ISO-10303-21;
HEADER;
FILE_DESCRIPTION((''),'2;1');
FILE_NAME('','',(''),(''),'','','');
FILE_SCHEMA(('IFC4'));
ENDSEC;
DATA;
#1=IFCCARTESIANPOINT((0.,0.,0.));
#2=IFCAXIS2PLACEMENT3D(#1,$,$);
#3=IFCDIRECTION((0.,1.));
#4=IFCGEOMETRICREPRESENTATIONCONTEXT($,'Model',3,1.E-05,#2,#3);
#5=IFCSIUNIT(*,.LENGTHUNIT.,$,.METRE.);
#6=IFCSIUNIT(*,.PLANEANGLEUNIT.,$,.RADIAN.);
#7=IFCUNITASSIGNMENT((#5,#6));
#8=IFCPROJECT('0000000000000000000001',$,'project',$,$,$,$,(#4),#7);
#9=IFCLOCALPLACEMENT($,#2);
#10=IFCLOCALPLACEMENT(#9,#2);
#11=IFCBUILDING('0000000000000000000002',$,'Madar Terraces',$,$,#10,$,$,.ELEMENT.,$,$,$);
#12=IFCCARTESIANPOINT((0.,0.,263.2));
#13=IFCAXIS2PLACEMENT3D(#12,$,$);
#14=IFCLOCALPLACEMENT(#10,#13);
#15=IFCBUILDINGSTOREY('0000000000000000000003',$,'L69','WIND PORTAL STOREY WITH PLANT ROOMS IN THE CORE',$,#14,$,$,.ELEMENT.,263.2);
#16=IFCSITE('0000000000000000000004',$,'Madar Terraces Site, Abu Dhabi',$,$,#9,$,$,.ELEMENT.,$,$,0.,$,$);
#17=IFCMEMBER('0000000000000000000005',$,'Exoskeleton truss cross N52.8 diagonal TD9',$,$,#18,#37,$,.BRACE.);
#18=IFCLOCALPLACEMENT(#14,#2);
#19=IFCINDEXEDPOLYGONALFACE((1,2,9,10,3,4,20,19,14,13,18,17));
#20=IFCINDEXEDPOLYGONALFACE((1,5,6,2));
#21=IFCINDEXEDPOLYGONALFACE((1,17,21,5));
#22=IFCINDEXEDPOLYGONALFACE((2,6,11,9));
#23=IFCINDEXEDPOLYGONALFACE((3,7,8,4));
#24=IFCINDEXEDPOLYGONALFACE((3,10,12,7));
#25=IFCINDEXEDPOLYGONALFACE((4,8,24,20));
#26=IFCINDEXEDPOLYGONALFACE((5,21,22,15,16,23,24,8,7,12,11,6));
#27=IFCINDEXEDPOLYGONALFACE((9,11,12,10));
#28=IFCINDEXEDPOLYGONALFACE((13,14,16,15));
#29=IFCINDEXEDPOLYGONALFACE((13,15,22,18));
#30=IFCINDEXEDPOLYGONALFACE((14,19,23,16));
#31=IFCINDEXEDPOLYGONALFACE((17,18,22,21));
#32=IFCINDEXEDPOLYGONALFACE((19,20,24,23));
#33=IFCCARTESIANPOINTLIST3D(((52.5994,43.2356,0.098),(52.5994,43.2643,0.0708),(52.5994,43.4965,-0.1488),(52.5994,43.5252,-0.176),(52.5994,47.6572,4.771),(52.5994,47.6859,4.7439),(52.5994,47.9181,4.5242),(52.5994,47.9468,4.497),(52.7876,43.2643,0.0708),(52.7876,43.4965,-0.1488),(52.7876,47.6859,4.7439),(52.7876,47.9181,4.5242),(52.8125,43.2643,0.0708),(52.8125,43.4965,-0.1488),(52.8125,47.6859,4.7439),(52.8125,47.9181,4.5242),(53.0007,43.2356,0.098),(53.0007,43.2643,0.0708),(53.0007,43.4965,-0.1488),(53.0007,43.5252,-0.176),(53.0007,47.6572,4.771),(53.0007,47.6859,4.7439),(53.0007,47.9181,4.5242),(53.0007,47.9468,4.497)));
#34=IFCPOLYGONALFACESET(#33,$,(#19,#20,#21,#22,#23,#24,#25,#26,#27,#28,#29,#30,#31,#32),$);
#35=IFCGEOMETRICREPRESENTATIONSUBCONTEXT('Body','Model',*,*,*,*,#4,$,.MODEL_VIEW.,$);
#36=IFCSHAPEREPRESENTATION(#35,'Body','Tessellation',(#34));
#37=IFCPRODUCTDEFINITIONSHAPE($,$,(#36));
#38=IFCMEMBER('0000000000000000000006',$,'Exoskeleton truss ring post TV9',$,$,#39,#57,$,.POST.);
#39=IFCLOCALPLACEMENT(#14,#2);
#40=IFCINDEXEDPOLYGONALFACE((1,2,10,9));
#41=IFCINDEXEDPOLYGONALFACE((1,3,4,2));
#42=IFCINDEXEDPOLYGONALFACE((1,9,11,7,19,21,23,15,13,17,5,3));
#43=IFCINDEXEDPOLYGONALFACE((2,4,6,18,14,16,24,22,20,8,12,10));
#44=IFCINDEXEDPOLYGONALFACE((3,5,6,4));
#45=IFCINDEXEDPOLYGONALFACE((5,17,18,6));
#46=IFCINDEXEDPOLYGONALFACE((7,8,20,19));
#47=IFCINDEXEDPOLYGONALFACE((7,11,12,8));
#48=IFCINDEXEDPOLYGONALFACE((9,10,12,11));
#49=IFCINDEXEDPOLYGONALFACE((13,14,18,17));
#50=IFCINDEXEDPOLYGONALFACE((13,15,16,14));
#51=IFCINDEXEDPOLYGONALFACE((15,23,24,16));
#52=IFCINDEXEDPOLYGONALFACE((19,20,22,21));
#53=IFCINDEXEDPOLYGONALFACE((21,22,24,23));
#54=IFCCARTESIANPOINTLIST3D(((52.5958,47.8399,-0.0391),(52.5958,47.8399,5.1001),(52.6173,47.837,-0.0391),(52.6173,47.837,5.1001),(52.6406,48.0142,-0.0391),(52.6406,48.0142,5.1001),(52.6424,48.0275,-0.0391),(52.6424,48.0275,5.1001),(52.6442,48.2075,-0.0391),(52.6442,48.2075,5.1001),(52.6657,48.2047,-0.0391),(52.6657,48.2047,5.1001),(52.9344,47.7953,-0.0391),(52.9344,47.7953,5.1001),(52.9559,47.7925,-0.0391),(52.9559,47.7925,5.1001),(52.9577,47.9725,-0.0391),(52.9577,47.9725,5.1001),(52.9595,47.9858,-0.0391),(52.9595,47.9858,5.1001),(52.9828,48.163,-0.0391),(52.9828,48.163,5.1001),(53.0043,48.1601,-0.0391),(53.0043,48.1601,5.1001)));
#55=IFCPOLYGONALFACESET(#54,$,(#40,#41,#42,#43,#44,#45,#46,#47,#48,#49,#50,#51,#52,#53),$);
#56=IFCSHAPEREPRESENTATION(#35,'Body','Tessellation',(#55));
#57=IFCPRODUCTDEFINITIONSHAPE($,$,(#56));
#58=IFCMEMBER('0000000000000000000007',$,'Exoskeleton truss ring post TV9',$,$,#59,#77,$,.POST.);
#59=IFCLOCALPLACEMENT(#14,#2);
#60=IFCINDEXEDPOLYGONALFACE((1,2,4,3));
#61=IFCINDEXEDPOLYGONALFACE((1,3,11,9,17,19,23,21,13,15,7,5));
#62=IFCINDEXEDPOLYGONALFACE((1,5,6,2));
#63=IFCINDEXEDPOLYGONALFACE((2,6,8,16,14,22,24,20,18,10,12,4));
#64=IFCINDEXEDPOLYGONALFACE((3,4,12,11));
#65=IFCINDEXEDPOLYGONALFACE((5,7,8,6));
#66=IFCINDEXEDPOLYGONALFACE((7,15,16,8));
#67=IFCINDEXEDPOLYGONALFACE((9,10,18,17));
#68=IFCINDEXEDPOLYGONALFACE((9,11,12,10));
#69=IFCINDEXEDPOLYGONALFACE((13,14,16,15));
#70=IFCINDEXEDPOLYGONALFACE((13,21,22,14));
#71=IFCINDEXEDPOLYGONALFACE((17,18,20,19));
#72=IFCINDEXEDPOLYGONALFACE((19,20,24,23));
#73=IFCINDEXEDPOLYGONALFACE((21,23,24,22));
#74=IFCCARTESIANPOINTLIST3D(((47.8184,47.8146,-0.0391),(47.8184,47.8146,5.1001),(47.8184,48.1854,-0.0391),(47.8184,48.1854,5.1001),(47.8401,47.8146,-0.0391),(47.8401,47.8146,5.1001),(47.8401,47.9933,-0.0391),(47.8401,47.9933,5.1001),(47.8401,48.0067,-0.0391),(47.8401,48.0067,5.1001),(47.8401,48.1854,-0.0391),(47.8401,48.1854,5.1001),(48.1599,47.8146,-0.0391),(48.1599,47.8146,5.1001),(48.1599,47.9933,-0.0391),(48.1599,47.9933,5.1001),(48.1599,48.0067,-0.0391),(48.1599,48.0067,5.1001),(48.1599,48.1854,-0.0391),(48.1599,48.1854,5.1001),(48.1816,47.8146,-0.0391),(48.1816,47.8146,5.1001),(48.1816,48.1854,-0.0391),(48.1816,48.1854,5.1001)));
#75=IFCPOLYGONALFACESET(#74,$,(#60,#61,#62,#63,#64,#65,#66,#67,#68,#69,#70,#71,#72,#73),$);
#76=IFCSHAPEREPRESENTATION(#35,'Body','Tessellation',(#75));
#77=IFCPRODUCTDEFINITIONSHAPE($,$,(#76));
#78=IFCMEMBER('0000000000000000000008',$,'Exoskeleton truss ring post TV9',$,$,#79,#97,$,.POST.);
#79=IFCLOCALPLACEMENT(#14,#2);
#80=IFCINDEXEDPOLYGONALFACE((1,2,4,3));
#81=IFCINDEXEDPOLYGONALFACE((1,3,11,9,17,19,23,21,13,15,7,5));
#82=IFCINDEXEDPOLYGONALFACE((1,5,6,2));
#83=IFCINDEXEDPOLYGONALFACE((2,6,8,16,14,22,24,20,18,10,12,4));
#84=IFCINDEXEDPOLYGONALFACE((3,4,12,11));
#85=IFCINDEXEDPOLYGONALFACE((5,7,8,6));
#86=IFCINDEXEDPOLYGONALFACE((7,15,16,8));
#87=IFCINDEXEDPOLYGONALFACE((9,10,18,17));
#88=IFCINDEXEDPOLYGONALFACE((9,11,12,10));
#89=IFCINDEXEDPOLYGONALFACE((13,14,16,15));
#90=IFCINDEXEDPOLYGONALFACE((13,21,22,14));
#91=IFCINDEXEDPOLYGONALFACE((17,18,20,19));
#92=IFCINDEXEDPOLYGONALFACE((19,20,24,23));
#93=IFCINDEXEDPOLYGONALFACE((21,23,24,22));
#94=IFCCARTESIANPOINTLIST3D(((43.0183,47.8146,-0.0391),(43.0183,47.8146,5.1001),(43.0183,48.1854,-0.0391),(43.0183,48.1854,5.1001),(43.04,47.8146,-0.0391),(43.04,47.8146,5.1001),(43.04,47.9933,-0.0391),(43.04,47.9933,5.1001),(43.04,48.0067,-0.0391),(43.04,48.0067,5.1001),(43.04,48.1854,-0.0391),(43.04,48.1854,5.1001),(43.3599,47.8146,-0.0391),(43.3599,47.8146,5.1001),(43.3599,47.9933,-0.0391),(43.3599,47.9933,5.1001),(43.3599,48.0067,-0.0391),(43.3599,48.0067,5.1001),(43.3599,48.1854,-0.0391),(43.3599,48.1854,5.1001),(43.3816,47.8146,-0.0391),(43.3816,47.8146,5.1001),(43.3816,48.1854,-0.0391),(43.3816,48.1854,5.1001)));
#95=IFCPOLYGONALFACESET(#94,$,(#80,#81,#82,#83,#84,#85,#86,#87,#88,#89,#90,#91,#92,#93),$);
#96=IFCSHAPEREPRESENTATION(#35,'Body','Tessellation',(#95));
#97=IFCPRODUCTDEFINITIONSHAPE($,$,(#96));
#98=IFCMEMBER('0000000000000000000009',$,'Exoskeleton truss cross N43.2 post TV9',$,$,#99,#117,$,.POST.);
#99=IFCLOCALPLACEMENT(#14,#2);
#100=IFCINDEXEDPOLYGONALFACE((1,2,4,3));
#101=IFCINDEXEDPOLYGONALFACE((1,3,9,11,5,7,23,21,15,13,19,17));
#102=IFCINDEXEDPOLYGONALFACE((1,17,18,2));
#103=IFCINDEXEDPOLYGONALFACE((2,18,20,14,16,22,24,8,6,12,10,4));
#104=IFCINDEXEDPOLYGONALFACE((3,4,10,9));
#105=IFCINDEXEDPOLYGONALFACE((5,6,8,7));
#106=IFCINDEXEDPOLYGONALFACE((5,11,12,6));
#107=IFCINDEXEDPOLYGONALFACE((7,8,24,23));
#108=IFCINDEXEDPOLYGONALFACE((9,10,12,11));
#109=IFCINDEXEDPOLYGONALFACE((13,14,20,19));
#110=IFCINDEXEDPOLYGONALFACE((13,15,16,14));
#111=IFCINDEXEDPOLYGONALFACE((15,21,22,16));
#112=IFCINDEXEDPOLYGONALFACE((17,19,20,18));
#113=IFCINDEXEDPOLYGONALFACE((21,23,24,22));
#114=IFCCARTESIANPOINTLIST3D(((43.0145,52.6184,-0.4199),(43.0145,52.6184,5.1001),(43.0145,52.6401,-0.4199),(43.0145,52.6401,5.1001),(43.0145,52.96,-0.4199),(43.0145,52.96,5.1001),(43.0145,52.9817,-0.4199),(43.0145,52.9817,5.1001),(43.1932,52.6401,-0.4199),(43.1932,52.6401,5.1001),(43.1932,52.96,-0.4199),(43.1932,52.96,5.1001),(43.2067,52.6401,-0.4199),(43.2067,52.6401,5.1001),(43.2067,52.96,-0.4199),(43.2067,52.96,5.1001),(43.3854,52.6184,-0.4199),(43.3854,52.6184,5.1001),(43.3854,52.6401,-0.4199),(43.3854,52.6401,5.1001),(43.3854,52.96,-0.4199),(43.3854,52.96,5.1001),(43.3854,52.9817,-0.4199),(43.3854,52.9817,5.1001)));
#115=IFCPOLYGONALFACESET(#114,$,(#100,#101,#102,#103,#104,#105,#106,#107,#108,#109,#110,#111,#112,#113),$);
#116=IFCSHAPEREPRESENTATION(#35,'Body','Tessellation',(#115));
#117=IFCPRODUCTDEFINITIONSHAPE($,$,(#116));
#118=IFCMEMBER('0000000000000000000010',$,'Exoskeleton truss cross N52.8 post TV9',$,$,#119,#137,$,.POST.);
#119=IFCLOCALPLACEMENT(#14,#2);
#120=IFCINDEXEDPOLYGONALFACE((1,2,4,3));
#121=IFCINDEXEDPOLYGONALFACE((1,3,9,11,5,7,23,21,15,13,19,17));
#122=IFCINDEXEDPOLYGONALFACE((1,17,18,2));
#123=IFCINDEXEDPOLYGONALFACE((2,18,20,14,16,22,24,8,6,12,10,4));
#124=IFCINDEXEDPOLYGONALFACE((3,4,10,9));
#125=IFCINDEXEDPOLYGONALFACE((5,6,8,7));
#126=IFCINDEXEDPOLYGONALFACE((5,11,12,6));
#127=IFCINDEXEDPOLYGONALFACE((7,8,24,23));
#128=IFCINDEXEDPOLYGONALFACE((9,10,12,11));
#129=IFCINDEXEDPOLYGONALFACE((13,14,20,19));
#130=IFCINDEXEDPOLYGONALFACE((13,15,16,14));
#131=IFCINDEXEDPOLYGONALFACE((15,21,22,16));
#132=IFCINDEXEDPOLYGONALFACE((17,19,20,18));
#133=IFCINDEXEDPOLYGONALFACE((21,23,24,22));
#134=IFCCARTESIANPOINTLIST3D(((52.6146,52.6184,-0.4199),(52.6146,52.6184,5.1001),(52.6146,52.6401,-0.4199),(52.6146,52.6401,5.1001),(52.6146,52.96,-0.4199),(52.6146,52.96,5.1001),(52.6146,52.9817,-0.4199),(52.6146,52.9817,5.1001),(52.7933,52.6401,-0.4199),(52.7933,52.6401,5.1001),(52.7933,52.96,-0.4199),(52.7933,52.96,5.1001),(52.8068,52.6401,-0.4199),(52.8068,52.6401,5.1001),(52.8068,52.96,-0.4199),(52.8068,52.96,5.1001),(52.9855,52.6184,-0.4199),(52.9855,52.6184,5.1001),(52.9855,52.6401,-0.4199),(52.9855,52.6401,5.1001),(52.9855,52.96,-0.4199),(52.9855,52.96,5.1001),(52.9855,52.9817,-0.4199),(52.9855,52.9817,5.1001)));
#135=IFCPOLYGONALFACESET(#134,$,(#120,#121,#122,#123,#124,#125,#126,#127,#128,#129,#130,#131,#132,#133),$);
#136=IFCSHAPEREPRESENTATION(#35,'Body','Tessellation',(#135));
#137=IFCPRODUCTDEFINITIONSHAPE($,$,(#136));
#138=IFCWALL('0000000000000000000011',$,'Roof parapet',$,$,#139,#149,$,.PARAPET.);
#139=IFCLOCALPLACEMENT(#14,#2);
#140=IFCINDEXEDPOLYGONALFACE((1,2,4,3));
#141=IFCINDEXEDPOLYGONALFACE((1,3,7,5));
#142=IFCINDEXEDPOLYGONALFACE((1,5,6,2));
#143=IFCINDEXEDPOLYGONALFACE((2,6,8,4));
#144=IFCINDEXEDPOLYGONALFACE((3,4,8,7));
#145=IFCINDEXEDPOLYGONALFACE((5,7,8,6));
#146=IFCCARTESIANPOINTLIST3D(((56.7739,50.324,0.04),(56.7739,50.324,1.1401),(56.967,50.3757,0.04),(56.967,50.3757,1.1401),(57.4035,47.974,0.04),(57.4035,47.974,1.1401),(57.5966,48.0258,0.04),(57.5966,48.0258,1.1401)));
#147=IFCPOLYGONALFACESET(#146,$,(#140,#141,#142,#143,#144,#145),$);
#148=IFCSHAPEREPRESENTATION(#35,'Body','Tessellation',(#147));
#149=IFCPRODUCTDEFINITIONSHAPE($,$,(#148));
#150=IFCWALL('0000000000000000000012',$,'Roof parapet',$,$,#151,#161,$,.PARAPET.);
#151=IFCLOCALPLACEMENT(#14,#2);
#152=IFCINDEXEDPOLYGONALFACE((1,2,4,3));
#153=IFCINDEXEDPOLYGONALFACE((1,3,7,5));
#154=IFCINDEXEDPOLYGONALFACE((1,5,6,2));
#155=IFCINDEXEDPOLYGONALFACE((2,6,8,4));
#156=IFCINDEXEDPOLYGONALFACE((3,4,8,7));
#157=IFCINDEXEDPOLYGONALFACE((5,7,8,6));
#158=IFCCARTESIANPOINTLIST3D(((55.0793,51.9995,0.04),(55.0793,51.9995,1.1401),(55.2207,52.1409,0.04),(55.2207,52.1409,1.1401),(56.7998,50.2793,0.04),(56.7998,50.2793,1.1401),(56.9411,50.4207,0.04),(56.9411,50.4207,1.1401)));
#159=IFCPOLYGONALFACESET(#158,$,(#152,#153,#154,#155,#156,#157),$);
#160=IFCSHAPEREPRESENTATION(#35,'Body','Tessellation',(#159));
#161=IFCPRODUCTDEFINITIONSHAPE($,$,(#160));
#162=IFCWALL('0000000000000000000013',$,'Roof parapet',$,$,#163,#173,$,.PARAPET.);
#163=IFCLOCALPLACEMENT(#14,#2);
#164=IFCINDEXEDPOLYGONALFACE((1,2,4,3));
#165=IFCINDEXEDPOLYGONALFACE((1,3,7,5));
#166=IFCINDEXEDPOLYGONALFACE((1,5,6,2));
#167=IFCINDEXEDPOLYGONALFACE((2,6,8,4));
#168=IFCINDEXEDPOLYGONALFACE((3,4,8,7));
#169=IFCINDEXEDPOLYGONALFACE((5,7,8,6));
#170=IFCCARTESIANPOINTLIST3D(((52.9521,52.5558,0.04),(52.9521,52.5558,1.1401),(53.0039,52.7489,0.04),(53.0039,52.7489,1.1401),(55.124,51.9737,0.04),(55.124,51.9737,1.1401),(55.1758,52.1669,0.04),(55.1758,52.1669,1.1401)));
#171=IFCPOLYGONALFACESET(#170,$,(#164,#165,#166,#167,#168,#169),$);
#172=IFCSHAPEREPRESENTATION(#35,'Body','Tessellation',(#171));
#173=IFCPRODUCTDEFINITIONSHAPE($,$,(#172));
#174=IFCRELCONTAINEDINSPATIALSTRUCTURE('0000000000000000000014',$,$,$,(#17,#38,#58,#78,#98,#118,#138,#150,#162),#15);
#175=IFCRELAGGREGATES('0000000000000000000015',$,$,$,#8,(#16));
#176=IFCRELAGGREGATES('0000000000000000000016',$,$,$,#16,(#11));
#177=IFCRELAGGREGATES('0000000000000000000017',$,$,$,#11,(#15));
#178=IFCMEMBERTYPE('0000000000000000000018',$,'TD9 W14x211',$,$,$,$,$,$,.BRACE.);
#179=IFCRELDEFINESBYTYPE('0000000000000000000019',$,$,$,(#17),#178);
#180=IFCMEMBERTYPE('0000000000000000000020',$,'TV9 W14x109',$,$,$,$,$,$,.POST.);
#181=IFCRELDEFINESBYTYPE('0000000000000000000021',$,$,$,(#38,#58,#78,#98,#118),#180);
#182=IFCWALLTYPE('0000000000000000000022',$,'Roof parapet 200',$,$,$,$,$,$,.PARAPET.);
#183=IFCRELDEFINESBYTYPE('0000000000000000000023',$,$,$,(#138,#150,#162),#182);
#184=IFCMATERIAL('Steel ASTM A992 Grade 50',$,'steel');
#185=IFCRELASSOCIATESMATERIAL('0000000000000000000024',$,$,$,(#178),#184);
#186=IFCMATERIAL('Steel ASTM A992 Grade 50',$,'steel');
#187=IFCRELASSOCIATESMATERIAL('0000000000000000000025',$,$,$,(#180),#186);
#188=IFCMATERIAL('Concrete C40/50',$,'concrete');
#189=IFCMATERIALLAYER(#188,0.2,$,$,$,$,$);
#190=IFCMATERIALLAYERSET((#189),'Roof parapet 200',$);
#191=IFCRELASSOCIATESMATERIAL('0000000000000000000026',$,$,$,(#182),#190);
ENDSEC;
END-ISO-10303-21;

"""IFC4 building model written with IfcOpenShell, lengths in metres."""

from ifc_helpers import new_model, si_unit, direction, frame, frame_2d, origin, origin_2d, place, context, subcontext, project, spatial, rectangle, i_section, extrude, material, layer, layer_set, material_profile, profile_set, type_object, element, save


model = new_model("IFC4")

# Units and contexts
model_context = context("Model", 3, precision=1e-05, world=origin(), true_north=direction((0.0, 1.0)))
body_context = subcontext(model_context, "Body", "Model", "MODEL_VIEW")
ifc_project = project(units=[si_unit("LENGTHUNIT", "METRE"), si_unit("PLANEANGLEUNIT", "RADIAN")], contexts=[model_context])

# Site, building, storey
site_placement = place(None, origin())
site = spatial("IfcSite", under=ifc_project, at=site_placement, Name="Madar Terraces Site, Abu Dhabi", CompositionType="ELEMENT", RefElevation=0.0)
building_placement = place(site_placement, origin())
building = spatial("IfcBuilding", under=site, at=building_placement, Name="Madar Terraces", CompositionType="ELEMENT")
storey_placement = place(building_placement, frame((0.0, 0.0, 263.2)))
storey = spatial("IfcBuildingStorey", under=building, at=storey_placement, Name="L69", Description="WIND PORTAL STOREY WITH PLANT ROOMS IN THE CORE", CompositionType="ELEMENT", Elevation=263.2)

# Members
ifc_material_1 = material(Name="Steel ASTM A992 Grade 50", Category="steel")
ifc_material_profile_1 = material_profile(ifc_material_1, i_section(OverallWidth=0.4014, OverallDepth=0.3987, WebThickness=0.0249, FlangeThickness=0.0396, at=origin_2d()), Name="W14x211")
ifc_profile_set_1 = profile_set([ifc_material_profile_1], Name="Steel ASTM A992 Grade 50")
member_type_1 = type_object("IfcMemberType", Name="TD9 W14x211", PredefinedType="BRACE", material=ifc_profile_set_1)
for number, where, z_axis, x_axis, name in (
    (1, (52.8, 47.802, 4.634), (0.0, -0.687293, -0.72638), (1.0, 0.0, 0.0), "Exoskeleton truss cross N52.8 diagonal TD9"),
):
    element("IfcMember", number, at=place(storey_placement, frame(where, z_axis=z_axis, x_axis=x_axis)), inside=storey, type_object=member_type_1, Name=name, PredefinedType="BRACE", context=body_context, shape_type="SweptSolid", body=[
        extrude(i_section(OverallWidth=0.4014, OverallDepth=0.3987, WebThickness=0.0249, FlangeThickness=0.0396, at=origin_2d()), origin(), (0.0, 0.0, 1.0), 6.4333),
    ])
ifc_material_2 = material(Name="Steel ASTM A992 Grade 50", Category="steel")
ifc_material_profile_2 = material_profile(ifc_material_2, i_section(OverallWidth=0.3708, OverallDepth=0.3633, WebThickness=0.0134, FlangeThickness=0.0217, at=origin_2d()), Name="W14x109")
ifc_profile_set_2 = profile_set([ifc_material_profile_2], Name="Steel ASTM A992 Grade 50")
member_type_2 = type_object("IfcMemberType", Name="TV9 W14x109", PredefinedType="POST", material=ifc_profile_set_2)
for number, where, z_axis, x_axis, name in (
    (2, (52.8, 48.0, -0.0391), (0.0, 0.0, 1.0), (-0.130526, -0.991445, 0.0), "Exoskeleton truss ring post TV9"),
    (3, (48.0, 48.0, -0.0391), (0.0, 0.0, 1.0), (0.0, -1.0, 0.0), "Exoskeleton truss ring post TV9"),
    (4, (43.2, 48.0, -0.0391), (0.0, 0.0, 1.0), (0.0, -1.0, 0.0), "Exoskeleton truss ring post TV9"),
):
    element("IfcMember", number, at=place(storey_placement, frame(where, z_axis=z_axis, x_axis=x_axis)), inside=storey, type_object=member_type_2, Name=name, PredefinedType="POST", context=body_context, shape_type="SweptSolid", body=[
        extrude(i_section(OverallWidth=0.3708, OverallDepth=0.3633, WebThickness=0.0134, FlangeThickness=0.0217, at=origin_2d()), origin(), (0.0, 0.0, 1.0), 5.1392),
    ])
for number, where, z_axis, x_axis, name in (
    (5, (43.2, 52.8, -0.4199), (0.0, 0.0, 1.0), (-1.0, 0.0, 0.0), "Exoskeleton truss cross N43.2 post TV9"),
    (6, (52.8, 52.8, -0.4199), (0.0, 0.0, 1.0), (-1.0, 0.0, 0.0), "Exoskeleton truss cross N52.8 post TV9"),
):
    element("IfcMember", number, at=place(storey_placement, frame(where, z_axis=z_axis, x_axis=x_axis)), inside=storey, type_object=member_type_2, Name=name, PredefinedType="POST", context=body_context, shape_type="SweptSolid", body=[
        extrude(i_section(OverallWidth=0.3708, OverallDepth=0.3633, WebThickness=0.0134, FlangeThickness=0.0217, at=origin_2d()), origin(), (0.0, 0.0, 1.0), 5.52),
    ])

# Walls
ifc_material_3 = material(Name="Concrete C40/50", Category="concrete")
ifc_layer_1 = layer(ifc_material_3, 0.2)
ifc_layer_set_1 = layer_set([ifc_layer_1], Name="Roof parapet 200")
wall_type_1 = type_object("IfcWallType", Name="Roof parapet 200", PredefinedType="PARAPET", material=ifc_layer_set_1)
for number, where, z_axis, x_axis, name in (
    (7, (57.5, 48.0, 0.04), (0.0, 0.0, 1.0), (-0.258793, 0.965933, 0.0), "Roof parapet"),
    (8, (56.8704, 50.3501, 0.04), (0.0, 0.0, 1.0), (-0.707157, 0.707057, 0.0), "Roof parapet"),
):
    element("IfcWall", number, at=place(storey_placement, frame(where, z_axis=z_axis, x_axis=x_axis)), inside=storey, type_object=wall_type_1, Name=name, PredefinedType="PARAPET", context=body_context, shape_type="SweptSolid", body=[
        extrude(rectangle(XDim=2.4329, YDim=0.2, at=frame_2d((1.2163, 0.0))), origin(), (0.0, 0.0, 1.0), 1.1001),
    ])
wall_1_placement = place(storey_placement, frame((55.1499, 52.0703, 0.04), z_axis=(0.0, 0.0, 1.0), x_axis=(-0.965917, 0.258852, 0.0)))
element("IfcWall", 9, at=wall_1_placement, inside=storey, type_object=wall_type_1, Name="Roof parapet", PredefinedType="PARAPET", context=body_context, shape_type="SweptSolid", body=[
    extrude(rectangle(XDim=2.2485, YDim=0.2, at=frame_2d((1.1243, 0.0))), origin(), (0.0, 0.0, 1.0), 1.1001),
])

save(model, "model.ifc")
